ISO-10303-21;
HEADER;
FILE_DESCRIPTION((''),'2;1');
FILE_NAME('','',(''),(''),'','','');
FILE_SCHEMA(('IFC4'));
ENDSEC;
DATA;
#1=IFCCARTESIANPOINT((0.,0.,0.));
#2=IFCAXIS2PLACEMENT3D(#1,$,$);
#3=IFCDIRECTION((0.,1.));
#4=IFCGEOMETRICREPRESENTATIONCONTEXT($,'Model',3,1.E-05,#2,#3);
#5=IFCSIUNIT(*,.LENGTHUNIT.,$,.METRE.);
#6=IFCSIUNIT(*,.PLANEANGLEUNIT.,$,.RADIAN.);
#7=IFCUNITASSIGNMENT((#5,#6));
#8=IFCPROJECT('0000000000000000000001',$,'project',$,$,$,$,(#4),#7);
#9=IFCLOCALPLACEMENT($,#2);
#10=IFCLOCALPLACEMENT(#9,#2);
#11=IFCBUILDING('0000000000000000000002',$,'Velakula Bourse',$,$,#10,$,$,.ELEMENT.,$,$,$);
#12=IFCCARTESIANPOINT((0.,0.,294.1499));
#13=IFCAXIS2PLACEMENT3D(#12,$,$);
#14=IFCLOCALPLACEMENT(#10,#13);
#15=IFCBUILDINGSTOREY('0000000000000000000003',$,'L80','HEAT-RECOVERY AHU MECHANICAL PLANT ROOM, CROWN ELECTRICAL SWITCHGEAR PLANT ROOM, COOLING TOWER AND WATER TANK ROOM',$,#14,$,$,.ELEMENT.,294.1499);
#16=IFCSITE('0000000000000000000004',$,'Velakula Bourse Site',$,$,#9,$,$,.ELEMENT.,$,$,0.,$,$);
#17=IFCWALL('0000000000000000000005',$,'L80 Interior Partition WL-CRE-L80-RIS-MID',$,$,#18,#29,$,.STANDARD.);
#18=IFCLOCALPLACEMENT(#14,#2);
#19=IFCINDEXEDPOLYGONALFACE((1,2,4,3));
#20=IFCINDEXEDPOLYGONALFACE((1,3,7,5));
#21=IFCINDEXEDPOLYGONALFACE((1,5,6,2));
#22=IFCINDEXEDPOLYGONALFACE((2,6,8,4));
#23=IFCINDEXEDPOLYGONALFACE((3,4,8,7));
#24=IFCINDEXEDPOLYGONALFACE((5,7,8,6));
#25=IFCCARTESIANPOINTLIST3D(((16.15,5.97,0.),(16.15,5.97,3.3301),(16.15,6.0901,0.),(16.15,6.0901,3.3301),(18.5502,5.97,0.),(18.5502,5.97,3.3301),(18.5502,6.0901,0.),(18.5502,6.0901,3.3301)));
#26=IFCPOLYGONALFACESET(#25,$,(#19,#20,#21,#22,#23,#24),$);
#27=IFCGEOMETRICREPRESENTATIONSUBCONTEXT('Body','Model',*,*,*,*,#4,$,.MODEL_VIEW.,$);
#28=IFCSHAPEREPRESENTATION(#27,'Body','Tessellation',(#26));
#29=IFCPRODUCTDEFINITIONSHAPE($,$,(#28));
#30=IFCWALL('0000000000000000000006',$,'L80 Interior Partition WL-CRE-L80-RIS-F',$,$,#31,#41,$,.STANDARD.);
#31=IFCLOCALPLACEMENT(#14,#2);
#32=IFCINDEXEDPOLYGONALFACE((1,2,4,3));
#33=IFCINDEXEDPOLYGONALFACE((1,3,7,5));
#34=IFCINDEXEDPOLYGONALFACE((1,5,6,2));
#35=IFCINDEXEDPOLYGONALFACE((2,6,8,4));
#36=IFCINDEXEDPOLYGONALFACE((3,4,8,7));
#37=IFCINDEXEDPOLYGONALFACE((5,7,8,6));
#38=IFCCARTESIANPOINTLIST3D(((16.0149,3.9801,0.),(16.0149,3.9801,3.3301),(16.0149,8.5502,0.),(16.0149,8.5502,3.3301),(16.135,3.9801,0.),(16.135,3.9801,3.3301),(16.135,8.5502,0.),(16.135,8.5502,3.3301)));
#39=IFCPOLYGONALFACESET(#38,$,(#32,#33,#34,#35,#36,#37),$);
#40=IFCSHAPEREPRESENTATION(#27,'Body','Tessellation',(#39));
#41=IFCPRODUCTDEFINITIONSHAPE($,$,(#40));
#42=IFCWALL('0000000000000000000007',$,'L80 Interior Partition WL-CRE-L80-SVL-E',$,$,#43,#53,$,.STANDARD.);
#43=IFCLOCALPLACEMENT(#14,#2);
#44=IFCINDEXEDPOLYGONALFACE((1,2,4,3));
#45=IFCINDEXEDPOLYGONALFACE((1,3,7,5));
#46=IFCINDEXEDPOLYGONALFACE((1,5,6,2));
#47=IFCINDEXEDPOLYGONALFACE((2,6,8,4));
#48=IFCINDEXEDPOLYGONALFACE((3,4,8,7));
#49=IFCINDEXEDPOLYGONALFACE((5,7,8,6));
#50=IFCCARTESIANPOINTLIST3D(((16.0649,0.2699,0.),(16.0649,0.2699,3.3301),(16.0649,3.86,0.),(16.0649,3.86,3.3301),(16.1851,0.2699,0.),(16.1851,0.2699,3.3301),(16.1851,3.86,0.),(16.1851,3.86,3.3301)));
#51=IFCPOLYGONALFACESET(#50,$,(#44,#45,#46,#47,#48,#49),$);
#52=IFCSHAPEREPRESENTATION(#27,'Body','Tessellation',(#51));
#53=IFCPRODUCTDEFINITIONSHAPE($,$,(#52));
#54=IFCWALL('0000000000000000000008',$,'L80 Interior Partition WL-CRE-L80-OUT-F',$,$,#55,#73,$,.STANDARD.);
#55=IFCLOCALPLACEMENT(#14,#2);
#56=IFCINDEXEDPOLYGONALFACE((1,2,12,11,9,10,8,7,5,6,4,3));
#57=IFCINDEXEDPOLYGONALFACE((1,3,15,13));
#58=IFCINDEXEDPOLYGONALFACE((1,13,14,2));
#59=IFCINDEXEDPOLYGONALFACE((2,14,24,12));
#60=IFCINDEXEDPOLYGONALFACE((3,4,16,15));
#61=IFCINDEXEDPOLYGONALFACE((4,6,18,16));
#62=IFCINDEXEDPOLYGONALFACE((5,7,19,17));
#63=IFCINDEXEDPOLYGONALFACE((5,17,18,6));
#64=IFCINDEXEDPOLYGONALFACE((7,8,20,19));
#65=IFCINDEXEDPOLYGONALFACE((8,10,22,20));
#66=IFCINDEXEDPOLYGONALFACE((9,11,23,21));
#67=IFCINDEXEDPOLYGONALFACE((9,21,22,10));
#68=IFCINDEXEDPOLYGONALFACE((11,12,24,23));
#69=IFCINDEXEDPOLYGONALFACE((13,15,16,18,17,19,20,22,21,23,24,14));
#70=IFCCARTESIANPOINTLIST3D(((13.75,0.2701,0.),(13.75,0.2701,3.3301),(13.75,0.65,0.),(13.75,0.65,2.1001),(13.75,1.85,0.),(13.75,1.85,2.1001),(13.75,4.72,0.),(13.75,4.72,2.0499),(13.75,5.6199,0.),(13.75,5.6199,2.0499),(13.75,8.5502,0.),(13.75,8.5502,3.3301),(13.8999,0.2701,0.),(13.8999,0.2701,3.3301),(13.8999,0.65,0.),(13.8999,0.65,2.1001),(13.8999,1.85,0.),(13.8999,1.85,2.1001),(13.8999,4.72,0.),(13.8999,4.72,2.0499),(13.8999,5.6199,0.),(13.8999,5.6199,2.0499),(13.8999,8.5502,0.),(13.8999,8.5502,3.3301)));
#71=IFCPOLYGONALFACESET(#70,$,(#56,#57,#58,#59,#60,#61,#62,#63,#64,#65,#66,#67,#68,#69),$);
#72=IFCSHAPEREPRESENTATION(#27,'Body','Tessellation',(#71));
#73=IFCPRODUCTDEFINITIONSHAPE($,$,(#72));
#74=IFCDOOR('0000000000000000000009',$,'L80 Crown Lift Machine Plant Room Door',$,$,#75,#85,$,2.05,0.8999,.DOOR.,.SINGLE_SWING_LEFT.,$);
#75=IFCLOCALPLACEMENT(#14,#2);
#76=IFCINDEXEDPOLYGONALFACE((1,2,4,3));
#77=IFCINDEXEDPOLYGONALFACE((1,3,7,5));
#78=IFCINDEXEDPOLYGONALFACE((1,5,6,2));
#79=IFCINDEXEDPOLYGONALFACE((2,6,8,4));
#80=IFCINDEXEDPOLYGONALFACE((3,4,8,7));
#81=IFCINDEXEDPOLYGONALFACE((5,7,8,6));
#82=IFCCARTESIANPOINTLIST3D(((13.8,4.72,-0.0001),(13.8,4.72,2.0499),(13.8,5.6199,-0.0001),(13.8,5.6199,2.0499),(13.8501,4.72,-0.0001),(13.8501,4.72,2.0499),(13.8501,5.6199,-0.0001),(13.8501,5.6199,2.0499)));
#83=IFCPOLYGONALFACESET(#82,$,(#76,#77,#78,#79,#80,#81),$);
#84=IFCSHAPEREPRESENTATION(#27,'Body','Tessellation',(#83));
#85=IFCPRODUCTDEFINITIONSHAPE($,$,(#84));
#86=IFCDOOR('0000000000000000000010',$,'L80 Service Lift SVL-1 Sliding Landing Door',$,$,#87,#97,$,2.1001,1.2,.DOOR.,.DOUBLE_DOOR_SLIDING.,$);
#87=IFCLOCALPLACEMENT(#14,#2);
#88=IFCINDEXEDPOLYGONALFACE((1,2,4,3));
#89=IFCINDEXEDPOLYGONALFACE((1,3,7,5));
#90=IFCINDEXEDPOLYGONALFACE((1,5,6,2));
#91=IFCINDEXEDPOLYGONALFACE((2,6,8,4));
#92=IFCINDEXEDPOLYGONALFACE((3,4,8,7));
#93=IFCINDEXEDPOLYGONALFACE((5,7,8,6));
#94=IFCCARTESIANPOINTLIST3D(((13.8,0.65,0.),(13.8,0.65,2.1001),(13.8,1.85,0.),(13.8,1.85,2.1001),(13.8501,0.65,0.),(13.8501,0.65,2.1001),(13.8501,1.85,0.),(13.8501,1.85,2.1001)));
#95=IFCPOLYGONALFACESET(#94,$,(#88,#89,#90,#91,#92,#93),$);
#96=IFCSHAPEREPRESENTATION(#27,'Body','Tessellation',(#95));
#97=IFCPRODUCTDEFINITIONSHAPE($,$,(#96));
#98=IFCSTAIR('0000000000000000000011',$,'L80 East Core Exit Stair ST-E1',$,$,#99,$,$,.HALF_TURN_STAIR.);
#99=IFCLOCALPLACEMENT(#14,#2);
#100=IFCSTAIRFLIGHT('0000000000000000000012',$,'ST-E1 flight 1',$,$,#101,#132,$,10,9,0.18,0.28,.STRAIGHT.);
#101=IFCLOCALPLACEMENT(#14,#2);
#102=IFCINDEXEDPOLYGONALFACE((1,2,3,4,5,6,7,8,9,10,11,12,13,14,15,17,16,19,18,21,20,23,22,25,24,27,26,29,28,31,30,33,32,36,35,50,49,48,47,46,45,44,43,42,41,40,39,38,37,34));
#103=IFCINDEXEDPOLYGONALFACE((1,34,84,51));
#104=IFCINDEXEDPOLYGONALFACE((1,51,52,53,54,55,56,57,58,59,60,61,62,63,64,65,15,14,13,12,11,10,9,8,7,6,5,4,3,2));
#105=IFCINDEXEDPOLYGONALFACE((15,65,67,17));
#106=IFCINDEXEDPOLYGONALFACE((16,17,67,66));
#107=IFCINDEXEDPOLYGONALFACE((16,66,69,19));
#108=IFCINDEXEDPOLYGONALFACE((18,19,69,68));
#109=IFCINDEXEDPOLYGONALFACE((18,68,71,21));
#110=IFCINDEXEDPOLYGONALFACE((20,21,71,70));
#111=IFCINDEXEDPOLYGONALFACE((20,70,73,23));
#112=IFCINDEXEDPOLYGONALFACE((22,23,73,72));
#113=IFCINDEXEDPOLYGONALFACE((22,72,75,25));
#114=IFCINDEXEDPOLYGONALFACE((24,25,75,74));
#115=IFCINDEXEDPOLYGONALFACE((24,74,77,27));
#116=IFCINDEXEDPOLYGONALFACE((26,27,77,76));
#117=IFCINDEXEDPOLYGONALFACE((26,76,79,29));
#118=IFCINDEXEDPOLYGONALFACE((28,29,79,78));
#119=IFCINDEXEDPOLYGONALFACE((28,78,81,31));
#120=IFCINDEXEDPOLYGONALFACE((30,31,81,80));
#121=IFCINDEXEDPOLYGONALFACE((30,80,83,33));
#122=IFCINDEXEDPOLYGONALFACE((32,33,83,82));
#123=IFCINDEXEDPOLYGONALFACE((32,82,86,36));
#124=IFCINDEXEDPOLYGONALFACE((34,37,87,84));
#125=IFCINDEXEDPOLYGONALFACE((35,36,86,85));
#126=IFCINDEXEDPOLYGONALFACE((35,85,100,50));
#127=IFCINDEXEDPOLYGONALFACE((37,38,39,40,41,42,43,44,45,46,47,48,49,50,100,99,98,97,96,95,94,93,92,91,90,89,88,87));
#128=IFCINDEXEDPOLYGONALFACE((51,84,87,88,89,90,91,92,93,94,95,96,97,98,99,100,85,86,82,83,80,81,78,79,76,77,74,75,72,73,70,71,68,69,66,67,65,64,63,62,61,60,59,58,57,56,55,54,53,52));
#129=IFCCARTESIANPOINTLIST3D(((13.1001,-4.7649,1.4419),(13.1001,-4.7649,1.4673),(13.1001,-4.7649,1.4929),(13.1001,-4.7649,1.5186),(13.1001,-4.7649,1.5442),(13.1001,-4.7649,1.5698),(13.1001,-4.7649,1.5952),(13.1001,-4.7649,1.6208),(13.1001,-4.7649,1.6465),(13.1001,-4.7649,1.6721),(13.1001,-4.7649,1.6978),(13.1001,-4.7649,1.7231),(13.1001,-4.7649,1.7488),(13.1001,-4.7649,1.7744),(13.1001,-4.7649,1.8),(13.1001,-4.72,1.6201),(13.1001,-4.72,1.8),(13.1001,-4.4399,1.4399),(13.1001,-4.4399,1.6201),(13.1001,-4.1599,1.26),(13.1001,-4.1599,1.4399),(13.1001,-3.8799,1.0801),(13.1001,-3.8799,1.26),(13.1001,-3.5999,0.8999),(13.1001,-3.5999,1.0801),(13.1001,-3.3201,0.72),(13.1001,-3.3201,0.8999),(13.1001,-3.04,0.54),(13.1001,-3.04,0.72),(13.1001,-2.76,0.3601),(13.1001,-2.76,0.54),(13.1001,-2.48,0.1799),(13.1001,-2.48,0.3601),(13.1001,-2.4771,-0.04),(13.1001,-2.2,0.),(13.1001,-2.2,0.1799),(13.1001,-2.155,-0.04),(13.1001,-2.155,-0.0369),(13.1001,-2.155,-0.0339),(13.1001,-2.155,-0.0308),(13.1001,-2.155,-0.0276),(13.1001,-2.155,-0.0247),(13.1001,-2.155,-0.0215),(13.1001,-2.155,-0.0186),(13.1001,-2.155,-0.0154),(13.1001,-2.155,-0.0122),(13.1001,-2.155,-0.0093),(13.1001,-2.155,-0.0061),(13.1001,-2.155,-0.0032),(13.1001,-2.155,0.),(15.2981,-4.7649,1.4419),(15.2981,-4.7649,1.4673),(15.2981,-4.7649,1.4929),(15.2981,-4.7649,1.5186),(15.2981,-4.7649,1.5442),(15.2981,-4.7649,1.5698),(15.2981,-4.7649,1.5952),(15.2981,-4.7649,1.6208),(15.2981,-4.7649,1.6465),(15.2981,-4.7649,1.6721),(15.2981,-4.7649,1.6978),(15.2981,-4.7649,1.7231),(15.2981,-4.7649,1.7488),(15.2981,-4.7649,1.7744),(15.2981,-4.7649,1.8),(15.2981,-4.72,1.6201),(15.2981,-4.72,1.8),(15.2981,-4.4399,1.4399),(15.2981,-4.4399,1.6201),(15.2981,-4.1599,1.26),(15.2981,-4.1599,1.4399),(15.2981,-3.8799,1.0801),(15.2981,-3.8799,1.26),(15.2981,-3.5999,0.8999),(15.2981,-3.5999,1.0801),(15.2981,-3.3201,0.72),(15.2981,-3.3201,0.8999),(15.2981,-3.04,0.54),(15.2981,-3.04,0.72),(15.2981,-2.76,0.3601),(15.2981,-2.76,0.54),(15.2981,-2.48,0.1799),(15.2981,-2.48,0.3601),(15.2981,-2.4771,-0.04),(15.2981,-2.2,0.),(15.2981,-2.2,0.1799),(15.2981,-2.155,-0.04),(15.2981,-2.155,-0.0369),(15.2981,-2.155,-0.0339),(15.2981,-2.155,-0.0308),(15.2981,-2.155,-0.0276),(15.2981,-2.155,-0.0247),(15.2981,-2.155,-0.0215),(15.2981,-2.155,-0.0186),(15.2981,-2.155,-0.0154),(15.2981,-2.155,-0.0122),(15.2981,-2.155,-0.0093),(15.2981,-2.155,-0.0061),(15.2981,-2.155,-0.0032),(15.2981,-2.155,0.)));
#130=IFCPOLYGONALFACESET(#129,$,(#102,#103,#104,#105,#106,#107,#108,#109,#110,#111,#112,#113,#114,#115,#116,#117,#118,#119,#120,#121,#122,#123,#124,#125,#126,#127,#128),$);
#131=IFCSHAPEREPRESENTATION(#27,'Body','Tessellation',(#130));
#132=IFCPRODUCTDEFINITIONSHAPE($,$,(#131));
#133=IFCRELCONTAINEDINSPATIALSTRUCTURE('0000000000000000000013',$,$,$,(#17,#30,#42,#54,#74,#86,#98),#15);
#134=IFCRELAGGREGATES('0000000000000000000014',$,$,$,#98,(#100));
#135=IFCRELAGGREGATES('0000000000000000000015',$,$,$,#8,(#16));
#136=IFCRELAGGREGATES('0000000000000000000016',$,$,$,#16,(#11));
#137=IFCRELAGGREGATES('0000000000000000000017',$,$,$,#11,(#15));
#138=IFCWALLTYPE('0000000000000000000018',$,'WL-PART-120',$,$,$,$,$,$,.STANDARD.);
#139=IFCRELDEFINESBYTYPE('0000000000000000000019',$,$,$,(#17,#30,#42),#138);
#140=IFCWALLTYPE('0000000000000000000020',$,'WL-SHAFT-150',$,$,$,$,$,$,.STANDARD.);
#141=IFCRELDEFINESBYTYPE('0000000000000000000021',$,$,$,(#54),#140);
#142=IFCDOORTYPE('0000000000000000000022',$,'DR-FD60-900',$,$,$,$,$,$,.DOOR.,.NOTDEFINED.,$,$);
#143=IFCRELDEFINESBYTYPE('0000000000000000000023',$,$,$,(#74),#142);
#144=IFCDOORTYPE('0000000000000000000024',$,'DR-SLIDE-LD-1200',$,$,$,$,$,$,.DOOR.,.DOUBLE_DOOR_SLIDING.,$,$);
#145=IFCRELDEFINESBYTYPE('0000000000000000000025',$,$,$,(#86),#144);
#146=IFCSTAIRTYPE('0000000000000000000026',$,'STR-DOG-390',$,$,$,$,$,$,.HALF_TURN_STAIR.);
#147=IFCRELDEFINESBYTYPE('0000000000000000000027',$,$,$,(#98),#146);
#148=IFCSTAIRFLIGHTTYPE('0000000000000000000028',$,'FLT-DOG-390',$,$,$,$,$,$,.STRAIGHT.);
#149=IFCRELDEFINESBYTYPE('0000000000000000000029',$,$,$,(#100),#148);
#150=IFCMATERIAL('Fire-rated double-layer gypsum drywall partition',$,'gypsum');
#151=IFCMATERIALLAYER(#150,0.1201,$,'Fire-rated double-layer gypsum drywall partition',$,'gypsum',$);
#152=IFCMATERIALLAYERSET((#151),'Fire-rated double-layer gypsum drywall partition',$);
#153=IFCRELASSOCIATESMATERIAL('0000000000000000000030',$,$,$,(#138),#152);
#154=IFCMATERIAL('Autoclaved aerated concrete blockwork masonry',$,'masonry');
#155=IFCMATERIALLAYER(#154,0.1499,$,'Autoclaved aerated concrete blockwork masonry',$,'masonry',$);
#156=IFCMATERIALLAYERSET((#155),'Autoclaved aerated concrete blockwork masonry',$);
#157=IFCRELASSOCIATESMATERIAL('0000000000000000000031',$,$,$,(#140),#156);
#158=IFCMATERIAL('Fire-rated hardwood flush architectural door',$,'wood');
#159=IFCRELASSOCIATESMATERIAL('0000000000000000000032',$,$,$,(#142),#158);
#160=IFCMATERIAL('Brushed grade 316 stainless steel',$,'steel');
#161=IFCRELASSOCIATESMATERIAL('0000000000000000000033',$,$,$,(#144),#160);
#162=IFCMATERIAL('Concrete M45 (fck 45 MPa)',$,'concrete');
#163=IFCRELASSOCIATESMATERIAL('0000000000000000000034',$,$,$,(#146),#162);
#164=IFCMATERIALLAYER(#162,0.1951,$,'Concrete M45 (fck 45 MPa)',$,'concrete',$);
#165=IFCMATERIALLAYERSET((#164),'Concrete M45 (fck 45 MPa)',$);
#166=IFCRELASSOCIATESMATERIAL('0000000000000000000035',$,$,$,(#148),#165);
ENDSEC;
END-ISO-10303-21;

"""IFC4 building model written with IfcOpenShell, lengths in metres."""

from ifc_helpers import new_model, si_unit, direction, frame, frame_2d, origin, place, context, subcontext, project, spatial, polyline, rectangle, outline, extrude, material, layer, layer_set, type_object, element, fill, aggregate, save


model = new_model("IFC4")

# Units and contexts
model_context = context("Model", 3, precision=1e-05, world=origin(), true_north=direction((0.0, 1.0)))
body_context = subcontext(model_context, "Body", "Model", "MODEL_VIEW")
ifc_project = project(units=[si_unit("LENGTHUNIT", "METRE"), si_unit("PLANEANGLEUNIT", "RADIAN")], contexts=[model_context])

# Site, building, storey
site_placement = place(None, origin())
site = spatial("IfcSite", under=ifc_project, at=site_placement, Name="Velakula Bourse Site", CompositionType="ELEMENT", RefElevation=0.0)
building_placement = place(site_placement, origin())
building = spatial("IfcBuilding", under=site, at=building_placement, Name="Velakula Bourse", CompositionType="ELEMENT")
storey_placement = place(building_placement, frame((0.0, 0.0, 294.1499)))
storey = spatial("IfcBuildingStorey", under=building, at=storey_placement, Name="L80", Description="HEAT-RECOVERY AHU MECHANICAL PLANT ROOM, CROWN ELECTRICAL SWITCHGEAR PLANT ROOM, COOLING TOWER AND WATER TANK ROOM", CompositionType="ELEMENT", Elevation=294.1499)

# Walls
ifc_material_1 = material(Name="Fire-rated double-layer gypsum drywall partition", Category="gypsum")
ifc_layer_1 = layer(ifc_material_1, 0.1201, Name="Fire-rated double-layer gypsum drywall partition", Category="gypsum")
ifc_layer_set_1 = layer_set([ifc_layer_1], Name="Fire-rated double-layer gypsum drywall partition")
wall_type_1 = type_object("IfcWallType", Name="WL-PART-120", PredefinedType="STANDARD", material=ifc_layer_set_1)
wall_1_placement = place(storey_placement, frame((16.1499, 6.03, 0.0), z_axis=(0.0, 0.0, 1.0), x_axis=(1.0, 0.0, 0.0)))
element("IfcWall", 1, at=wall_1_placement, inside=storey, type_object=wall_type_1, Name="L80 Interior Partition WL-CRE-L80-RIS-MID", PredefinedType="STANDARD", context=body_context, shape_type="SweptSolid", body=[
    extrude(rectangle(XDim=2.4001, YDim=0.1201, at=frame_2d((1.2002, 0.0))), origin(), (0.0, 0.0, 1.0), 3.3301),
])
wall_2_placement = place(storey_placement, frame((16.075, 3.98, 0.0), z_axis=(0.0, 0.0, 1.0), x_axis=(0.0, 1.0, 0.0)))
element("IfcWall", 2, at=wall_2_placement, inside=storey, type_object=wall_type_1, Name="L80 Interior Partition WL-CRE-L80-RIS-F", PredefinedType="STANDARD", context=body_context, shape_type="SweptSolid", body=[
    extrude(rectangle(XDim=4.5701, YDim=0.1201, at=frame_2d((2.2852, 0.0))), origin(), (0.0, 0.0, 1.0), 3.3301),
])
wall_3_placement = place(storey_placement, frame((16.125, 0.27, 0.0), z_axis=(0.0, 0.0, 1.0), x_axis=(0.0, 1.0, 0.0)))
element("IfcWall", 3, at=wall_3_placement, inside=storey, type_object=wall_type_1, Name="L80 Interior Partition WL-CRE-L80-SVL-E", PredefinedType="STANDARD", context=body_context, shape_type="SweptSolid", body=[
    extrude(rectangle(XDim=3.5901, YDim=0.1201, at=frame_2d((1.7949, 0.0))), origin(), (0.0, 0.0, 1.0), 3.3301),
])

# Wall, openings, doors
ifc_material_2 = material(Name="Autoclaved aerated concrete blockwork masonry", Category="masonry")
ifc_layer_2 = layer(ifc_material_2, 0.1499, Name="Autoclaved aerated concrete blockwork masonry", Category="masonry")
ifc_layer_set_2 = layer_set([ifc_layer_2], Name="Autoclaved aerated concrete blockwork masonry")
wall_type_2 = type_object("IfcWallType", Name="WL-SHAFT-150", PredefinedType="STANDARD", material=ifc_layer_set_2)
wall_4_placement = place(storey_placement, frame((13.825, 0.27, 0.0), z_axis=(0.0, 0.0, 1.0), x_axis=(0.0, 1.0, 0.0)))
wall_4 = element("IfcWall", 4, at=wall_4_placement, inside=storey, type_object=wall_type_2, Name="L80 Interior Partition WL-CRE-L80-OUT-F", PredefinedType="STANDARD", context=body_context, shape_type="SweptSolid", body=[
    extrude(rectangle(XDim=8.28, YDim=0.1499, at=frame_2d((4.1401, 0.0))), origin(), (0.0, 0.0, 1.0), 3.3301),
])
opening_1_placement = place(wall_4_placement, frame((4.45, 0.0, 0.0)))
opening_1 = element("IfcOpeningElement", 5, at=opening_1_placement, cuts=wall_4, PredefinedType="OPENING", context=body_context, shape_type="SweptSolid", body=[
    extrude(rectangle(XDim=0.8999, YDim=2.05, at=frame_2d((0.45, 1.0249))), frame((0.0, 0.085, 0.0), z_axis=(0.0, -1.0, 0.0), x_axis=(1.0, 0.0, 0.0)), (0.0, 0.0, 1.0), 0.1699),
])
opening_2_placement = place(wall_4_placement, frame((0.3799, 0.0, 0.0)))
opening_2 = element("IfcOpeningElement", 6, at=opening_2_placement, cuts=wall_4, PredefinedType="OPENING", context=body_context, shape_type="SweptSolid", body=[
    extrude(rectangle(XDim=1.2, YDim=2.1001, at=frame_2d((0.6001, 1.05))), frame((0.0, 0.085, 0.0), z_axis=(0.0, -1.0, 0.0), x_axis=(1.0, 0.0, 0.0)), (0.0, 0.0, 1.0), 0.1699),
])
ifc_material_3 = material(Name="Fire-rated hardwood flush architectural door", Category="wood")
door_type_1 = type_object("IfcDoorType", Name="DR-FD60-900", OperationType="NOTDEFINED", PredefinedType="DOOR", material=ifc_material_3)
door_1_placement = place(opening_1_placement, origin())
door_1 = element("IfcDoor", 7, at=door_1_placement, inside=storey, type_object=door_type_1, Name="L80 Crown Lift Machine Plant Room Door", OperationType="SINGLE_SWING_LEFT", OverallHeight=2.05, OverallWidth=0.8999, PredefinedType="DOOR", context=body_context, shape_type="SweptSolid", body=[
    extrude(rectangle(XDim=0.8999, YDim=2.05, at=frame_2d((0.45, 1.0249))), frame((0.0, 0.0249, 0.0), z_axis=(0.0, -1.0, 0.0), x_axis=(1.0, 0.0, 0.0)), (0.0, 0.0, 1.0), 0.05),
])
fill(opening_1, door_1)
ifc_material_4 = material(Name="Brushed grade 316 stainless steel", Category="steel")
door_type_2 = type_object("IfcDoorType", Name="DR-SLIDE-LD-1200", OperationType="DOUBLE_DOOR_SLIDING", PredefinedType="DOOR", material=ifc_material_4)
door_2_placement = place(opening_2_placement, origin())
door_2 = element("IfcDoor", 8, at=door_2_placement, inside=storey, type_object=door_type_2, Name="L80 Service Lift SVL-1 Sliding Landing Door", OperationType="DOUBLE_DOOR_SLIDING", OverallHeight=2.1001, OverallWidth=1.2, PredefinedType="DOOR", context=body_context, shape_type="SweptSolid", body=[
    extrude(rectangle(XDim=1.2, YDim=2.1001, at=frame_2d((0.6001, 1.05))), frame((0.0, 0.0249, 0.0), z_axis=(0.0, -1.0, 0.0), x_axis=(1.0, 0.0, 0.0)), (0.0, 0.0, 1.0), 0.05),
])
fill(opening_2, door_2)

# Stair, stair flight
ifc_material_5 = material(Name="Concrete M45 (fck 45 MPa)", Category="concrete")
stair_type = type_object("IfcStairType", Name="STR-DOG-390", PredefinedType="HALF_TURN_STAIR", material=ifc_material_5)
stair_placement = place(storey_placement, origin())
stair = element("IfcStair", 9, at=stair_placement, inside=storey, type_object=stair_type, Name="L80 East Core Exit Stair ST-E1", PredefinedType="HALF_TURN_STAIR")
ifc_layer_3 = layer(ifc_material_5, 0.1951, Name="Concrete M45 (fck 45 MPa)", Category="concrete")
ifc_layer_set_3 = layer_set([ifc_layer_3], Name="Concrete M45 (fck 45 MPa)")
stair_flight_type = type_object("IfcStairFlightType", Name="FLT-DOG-390", PredefinedType="STRAIGHT", material=ifc_layer_set_3)
stair_flight_1_placement = place(storey_placement, frame((14.199, -2.2, 0.0), z_axis=(0.0, 0.0, 1.0), x_axis=(0.0, -1.0, 0.0)))
stair_flight_1 = element("IfcStairFlight", 10, at=stair_flight_1_placement, type_object=stair_flight_type, Name="ST-E1 flight 1", NumberOfRisers=10, NumberOfTreads=9, PredefinedType="STRAIGHT", RiserHeight=0.18, TreadLength=0.28, context=body_context, shape_type="SweptSolid", body=[
    extrude(outline(polyline([(-0.0449, -0.04), (-0.0449, -0.0369), (-0.0449, -0.0339), (-0.0449, -0.0308), (-0.0449, -0.0276), (-0.0449, -0.0247), (-0.0449, -0.0215), (-0.0449, -0.0186), (-0.0449, -0.0154), (-0.0449, -0.0122), (-0.0449, -0.0093), (-0.0449, -0.0061), (-0.0449, -0.0032), (-0.0449, 0.0), (0.0, 0.0), (0.0, 0.1799), (0.28, 0.1799), (0.28, 0.3601), (0.5601, 0.3601), (0.5601, 0.54), (0.8401, 0.54), (0.8401, 0.72), (1.1201, 0.72), (1.1201, 0.8999), (1.3999, 0.8999), (1.3999, 1.0801), (1.6799, 1.0801), (1.6799, 1.26), (1.96, 1.26), (1.96, 1.4399), (2.24, 1.4399), (2.24, 1.6201), (2.52, 1.6201), (2.52, 1.8), (2.5649, 1.8), (2.5649, 1.7744), (2.5649, 1.7488), (2.5649, 1.7231), (2.5649, 1.6978), (2.5649, 1.6721), (2.5649, 1.6465), (2.5649, 1.6208), (2.5649, 1.5952), (2.5649, 1.5698), (2.5649, 1.5442), (2.5649, 1.5186), (2.5649, 1.4929), (2.5649, 1.4673), (2.5649, 1.4419), (0.2771, -0.04), (-0.0449, -0.04)])), frame((0.0, 1.0991, 0.0), z_axis=(0.0, -1.0, 0.0), x_axis=(1.0, 0.0, 0.0)), (0.0, 0.0, 1.0), 2.198),
])
aggregate(stair, [stair_flight_1])

save(model, "model.ifc")
